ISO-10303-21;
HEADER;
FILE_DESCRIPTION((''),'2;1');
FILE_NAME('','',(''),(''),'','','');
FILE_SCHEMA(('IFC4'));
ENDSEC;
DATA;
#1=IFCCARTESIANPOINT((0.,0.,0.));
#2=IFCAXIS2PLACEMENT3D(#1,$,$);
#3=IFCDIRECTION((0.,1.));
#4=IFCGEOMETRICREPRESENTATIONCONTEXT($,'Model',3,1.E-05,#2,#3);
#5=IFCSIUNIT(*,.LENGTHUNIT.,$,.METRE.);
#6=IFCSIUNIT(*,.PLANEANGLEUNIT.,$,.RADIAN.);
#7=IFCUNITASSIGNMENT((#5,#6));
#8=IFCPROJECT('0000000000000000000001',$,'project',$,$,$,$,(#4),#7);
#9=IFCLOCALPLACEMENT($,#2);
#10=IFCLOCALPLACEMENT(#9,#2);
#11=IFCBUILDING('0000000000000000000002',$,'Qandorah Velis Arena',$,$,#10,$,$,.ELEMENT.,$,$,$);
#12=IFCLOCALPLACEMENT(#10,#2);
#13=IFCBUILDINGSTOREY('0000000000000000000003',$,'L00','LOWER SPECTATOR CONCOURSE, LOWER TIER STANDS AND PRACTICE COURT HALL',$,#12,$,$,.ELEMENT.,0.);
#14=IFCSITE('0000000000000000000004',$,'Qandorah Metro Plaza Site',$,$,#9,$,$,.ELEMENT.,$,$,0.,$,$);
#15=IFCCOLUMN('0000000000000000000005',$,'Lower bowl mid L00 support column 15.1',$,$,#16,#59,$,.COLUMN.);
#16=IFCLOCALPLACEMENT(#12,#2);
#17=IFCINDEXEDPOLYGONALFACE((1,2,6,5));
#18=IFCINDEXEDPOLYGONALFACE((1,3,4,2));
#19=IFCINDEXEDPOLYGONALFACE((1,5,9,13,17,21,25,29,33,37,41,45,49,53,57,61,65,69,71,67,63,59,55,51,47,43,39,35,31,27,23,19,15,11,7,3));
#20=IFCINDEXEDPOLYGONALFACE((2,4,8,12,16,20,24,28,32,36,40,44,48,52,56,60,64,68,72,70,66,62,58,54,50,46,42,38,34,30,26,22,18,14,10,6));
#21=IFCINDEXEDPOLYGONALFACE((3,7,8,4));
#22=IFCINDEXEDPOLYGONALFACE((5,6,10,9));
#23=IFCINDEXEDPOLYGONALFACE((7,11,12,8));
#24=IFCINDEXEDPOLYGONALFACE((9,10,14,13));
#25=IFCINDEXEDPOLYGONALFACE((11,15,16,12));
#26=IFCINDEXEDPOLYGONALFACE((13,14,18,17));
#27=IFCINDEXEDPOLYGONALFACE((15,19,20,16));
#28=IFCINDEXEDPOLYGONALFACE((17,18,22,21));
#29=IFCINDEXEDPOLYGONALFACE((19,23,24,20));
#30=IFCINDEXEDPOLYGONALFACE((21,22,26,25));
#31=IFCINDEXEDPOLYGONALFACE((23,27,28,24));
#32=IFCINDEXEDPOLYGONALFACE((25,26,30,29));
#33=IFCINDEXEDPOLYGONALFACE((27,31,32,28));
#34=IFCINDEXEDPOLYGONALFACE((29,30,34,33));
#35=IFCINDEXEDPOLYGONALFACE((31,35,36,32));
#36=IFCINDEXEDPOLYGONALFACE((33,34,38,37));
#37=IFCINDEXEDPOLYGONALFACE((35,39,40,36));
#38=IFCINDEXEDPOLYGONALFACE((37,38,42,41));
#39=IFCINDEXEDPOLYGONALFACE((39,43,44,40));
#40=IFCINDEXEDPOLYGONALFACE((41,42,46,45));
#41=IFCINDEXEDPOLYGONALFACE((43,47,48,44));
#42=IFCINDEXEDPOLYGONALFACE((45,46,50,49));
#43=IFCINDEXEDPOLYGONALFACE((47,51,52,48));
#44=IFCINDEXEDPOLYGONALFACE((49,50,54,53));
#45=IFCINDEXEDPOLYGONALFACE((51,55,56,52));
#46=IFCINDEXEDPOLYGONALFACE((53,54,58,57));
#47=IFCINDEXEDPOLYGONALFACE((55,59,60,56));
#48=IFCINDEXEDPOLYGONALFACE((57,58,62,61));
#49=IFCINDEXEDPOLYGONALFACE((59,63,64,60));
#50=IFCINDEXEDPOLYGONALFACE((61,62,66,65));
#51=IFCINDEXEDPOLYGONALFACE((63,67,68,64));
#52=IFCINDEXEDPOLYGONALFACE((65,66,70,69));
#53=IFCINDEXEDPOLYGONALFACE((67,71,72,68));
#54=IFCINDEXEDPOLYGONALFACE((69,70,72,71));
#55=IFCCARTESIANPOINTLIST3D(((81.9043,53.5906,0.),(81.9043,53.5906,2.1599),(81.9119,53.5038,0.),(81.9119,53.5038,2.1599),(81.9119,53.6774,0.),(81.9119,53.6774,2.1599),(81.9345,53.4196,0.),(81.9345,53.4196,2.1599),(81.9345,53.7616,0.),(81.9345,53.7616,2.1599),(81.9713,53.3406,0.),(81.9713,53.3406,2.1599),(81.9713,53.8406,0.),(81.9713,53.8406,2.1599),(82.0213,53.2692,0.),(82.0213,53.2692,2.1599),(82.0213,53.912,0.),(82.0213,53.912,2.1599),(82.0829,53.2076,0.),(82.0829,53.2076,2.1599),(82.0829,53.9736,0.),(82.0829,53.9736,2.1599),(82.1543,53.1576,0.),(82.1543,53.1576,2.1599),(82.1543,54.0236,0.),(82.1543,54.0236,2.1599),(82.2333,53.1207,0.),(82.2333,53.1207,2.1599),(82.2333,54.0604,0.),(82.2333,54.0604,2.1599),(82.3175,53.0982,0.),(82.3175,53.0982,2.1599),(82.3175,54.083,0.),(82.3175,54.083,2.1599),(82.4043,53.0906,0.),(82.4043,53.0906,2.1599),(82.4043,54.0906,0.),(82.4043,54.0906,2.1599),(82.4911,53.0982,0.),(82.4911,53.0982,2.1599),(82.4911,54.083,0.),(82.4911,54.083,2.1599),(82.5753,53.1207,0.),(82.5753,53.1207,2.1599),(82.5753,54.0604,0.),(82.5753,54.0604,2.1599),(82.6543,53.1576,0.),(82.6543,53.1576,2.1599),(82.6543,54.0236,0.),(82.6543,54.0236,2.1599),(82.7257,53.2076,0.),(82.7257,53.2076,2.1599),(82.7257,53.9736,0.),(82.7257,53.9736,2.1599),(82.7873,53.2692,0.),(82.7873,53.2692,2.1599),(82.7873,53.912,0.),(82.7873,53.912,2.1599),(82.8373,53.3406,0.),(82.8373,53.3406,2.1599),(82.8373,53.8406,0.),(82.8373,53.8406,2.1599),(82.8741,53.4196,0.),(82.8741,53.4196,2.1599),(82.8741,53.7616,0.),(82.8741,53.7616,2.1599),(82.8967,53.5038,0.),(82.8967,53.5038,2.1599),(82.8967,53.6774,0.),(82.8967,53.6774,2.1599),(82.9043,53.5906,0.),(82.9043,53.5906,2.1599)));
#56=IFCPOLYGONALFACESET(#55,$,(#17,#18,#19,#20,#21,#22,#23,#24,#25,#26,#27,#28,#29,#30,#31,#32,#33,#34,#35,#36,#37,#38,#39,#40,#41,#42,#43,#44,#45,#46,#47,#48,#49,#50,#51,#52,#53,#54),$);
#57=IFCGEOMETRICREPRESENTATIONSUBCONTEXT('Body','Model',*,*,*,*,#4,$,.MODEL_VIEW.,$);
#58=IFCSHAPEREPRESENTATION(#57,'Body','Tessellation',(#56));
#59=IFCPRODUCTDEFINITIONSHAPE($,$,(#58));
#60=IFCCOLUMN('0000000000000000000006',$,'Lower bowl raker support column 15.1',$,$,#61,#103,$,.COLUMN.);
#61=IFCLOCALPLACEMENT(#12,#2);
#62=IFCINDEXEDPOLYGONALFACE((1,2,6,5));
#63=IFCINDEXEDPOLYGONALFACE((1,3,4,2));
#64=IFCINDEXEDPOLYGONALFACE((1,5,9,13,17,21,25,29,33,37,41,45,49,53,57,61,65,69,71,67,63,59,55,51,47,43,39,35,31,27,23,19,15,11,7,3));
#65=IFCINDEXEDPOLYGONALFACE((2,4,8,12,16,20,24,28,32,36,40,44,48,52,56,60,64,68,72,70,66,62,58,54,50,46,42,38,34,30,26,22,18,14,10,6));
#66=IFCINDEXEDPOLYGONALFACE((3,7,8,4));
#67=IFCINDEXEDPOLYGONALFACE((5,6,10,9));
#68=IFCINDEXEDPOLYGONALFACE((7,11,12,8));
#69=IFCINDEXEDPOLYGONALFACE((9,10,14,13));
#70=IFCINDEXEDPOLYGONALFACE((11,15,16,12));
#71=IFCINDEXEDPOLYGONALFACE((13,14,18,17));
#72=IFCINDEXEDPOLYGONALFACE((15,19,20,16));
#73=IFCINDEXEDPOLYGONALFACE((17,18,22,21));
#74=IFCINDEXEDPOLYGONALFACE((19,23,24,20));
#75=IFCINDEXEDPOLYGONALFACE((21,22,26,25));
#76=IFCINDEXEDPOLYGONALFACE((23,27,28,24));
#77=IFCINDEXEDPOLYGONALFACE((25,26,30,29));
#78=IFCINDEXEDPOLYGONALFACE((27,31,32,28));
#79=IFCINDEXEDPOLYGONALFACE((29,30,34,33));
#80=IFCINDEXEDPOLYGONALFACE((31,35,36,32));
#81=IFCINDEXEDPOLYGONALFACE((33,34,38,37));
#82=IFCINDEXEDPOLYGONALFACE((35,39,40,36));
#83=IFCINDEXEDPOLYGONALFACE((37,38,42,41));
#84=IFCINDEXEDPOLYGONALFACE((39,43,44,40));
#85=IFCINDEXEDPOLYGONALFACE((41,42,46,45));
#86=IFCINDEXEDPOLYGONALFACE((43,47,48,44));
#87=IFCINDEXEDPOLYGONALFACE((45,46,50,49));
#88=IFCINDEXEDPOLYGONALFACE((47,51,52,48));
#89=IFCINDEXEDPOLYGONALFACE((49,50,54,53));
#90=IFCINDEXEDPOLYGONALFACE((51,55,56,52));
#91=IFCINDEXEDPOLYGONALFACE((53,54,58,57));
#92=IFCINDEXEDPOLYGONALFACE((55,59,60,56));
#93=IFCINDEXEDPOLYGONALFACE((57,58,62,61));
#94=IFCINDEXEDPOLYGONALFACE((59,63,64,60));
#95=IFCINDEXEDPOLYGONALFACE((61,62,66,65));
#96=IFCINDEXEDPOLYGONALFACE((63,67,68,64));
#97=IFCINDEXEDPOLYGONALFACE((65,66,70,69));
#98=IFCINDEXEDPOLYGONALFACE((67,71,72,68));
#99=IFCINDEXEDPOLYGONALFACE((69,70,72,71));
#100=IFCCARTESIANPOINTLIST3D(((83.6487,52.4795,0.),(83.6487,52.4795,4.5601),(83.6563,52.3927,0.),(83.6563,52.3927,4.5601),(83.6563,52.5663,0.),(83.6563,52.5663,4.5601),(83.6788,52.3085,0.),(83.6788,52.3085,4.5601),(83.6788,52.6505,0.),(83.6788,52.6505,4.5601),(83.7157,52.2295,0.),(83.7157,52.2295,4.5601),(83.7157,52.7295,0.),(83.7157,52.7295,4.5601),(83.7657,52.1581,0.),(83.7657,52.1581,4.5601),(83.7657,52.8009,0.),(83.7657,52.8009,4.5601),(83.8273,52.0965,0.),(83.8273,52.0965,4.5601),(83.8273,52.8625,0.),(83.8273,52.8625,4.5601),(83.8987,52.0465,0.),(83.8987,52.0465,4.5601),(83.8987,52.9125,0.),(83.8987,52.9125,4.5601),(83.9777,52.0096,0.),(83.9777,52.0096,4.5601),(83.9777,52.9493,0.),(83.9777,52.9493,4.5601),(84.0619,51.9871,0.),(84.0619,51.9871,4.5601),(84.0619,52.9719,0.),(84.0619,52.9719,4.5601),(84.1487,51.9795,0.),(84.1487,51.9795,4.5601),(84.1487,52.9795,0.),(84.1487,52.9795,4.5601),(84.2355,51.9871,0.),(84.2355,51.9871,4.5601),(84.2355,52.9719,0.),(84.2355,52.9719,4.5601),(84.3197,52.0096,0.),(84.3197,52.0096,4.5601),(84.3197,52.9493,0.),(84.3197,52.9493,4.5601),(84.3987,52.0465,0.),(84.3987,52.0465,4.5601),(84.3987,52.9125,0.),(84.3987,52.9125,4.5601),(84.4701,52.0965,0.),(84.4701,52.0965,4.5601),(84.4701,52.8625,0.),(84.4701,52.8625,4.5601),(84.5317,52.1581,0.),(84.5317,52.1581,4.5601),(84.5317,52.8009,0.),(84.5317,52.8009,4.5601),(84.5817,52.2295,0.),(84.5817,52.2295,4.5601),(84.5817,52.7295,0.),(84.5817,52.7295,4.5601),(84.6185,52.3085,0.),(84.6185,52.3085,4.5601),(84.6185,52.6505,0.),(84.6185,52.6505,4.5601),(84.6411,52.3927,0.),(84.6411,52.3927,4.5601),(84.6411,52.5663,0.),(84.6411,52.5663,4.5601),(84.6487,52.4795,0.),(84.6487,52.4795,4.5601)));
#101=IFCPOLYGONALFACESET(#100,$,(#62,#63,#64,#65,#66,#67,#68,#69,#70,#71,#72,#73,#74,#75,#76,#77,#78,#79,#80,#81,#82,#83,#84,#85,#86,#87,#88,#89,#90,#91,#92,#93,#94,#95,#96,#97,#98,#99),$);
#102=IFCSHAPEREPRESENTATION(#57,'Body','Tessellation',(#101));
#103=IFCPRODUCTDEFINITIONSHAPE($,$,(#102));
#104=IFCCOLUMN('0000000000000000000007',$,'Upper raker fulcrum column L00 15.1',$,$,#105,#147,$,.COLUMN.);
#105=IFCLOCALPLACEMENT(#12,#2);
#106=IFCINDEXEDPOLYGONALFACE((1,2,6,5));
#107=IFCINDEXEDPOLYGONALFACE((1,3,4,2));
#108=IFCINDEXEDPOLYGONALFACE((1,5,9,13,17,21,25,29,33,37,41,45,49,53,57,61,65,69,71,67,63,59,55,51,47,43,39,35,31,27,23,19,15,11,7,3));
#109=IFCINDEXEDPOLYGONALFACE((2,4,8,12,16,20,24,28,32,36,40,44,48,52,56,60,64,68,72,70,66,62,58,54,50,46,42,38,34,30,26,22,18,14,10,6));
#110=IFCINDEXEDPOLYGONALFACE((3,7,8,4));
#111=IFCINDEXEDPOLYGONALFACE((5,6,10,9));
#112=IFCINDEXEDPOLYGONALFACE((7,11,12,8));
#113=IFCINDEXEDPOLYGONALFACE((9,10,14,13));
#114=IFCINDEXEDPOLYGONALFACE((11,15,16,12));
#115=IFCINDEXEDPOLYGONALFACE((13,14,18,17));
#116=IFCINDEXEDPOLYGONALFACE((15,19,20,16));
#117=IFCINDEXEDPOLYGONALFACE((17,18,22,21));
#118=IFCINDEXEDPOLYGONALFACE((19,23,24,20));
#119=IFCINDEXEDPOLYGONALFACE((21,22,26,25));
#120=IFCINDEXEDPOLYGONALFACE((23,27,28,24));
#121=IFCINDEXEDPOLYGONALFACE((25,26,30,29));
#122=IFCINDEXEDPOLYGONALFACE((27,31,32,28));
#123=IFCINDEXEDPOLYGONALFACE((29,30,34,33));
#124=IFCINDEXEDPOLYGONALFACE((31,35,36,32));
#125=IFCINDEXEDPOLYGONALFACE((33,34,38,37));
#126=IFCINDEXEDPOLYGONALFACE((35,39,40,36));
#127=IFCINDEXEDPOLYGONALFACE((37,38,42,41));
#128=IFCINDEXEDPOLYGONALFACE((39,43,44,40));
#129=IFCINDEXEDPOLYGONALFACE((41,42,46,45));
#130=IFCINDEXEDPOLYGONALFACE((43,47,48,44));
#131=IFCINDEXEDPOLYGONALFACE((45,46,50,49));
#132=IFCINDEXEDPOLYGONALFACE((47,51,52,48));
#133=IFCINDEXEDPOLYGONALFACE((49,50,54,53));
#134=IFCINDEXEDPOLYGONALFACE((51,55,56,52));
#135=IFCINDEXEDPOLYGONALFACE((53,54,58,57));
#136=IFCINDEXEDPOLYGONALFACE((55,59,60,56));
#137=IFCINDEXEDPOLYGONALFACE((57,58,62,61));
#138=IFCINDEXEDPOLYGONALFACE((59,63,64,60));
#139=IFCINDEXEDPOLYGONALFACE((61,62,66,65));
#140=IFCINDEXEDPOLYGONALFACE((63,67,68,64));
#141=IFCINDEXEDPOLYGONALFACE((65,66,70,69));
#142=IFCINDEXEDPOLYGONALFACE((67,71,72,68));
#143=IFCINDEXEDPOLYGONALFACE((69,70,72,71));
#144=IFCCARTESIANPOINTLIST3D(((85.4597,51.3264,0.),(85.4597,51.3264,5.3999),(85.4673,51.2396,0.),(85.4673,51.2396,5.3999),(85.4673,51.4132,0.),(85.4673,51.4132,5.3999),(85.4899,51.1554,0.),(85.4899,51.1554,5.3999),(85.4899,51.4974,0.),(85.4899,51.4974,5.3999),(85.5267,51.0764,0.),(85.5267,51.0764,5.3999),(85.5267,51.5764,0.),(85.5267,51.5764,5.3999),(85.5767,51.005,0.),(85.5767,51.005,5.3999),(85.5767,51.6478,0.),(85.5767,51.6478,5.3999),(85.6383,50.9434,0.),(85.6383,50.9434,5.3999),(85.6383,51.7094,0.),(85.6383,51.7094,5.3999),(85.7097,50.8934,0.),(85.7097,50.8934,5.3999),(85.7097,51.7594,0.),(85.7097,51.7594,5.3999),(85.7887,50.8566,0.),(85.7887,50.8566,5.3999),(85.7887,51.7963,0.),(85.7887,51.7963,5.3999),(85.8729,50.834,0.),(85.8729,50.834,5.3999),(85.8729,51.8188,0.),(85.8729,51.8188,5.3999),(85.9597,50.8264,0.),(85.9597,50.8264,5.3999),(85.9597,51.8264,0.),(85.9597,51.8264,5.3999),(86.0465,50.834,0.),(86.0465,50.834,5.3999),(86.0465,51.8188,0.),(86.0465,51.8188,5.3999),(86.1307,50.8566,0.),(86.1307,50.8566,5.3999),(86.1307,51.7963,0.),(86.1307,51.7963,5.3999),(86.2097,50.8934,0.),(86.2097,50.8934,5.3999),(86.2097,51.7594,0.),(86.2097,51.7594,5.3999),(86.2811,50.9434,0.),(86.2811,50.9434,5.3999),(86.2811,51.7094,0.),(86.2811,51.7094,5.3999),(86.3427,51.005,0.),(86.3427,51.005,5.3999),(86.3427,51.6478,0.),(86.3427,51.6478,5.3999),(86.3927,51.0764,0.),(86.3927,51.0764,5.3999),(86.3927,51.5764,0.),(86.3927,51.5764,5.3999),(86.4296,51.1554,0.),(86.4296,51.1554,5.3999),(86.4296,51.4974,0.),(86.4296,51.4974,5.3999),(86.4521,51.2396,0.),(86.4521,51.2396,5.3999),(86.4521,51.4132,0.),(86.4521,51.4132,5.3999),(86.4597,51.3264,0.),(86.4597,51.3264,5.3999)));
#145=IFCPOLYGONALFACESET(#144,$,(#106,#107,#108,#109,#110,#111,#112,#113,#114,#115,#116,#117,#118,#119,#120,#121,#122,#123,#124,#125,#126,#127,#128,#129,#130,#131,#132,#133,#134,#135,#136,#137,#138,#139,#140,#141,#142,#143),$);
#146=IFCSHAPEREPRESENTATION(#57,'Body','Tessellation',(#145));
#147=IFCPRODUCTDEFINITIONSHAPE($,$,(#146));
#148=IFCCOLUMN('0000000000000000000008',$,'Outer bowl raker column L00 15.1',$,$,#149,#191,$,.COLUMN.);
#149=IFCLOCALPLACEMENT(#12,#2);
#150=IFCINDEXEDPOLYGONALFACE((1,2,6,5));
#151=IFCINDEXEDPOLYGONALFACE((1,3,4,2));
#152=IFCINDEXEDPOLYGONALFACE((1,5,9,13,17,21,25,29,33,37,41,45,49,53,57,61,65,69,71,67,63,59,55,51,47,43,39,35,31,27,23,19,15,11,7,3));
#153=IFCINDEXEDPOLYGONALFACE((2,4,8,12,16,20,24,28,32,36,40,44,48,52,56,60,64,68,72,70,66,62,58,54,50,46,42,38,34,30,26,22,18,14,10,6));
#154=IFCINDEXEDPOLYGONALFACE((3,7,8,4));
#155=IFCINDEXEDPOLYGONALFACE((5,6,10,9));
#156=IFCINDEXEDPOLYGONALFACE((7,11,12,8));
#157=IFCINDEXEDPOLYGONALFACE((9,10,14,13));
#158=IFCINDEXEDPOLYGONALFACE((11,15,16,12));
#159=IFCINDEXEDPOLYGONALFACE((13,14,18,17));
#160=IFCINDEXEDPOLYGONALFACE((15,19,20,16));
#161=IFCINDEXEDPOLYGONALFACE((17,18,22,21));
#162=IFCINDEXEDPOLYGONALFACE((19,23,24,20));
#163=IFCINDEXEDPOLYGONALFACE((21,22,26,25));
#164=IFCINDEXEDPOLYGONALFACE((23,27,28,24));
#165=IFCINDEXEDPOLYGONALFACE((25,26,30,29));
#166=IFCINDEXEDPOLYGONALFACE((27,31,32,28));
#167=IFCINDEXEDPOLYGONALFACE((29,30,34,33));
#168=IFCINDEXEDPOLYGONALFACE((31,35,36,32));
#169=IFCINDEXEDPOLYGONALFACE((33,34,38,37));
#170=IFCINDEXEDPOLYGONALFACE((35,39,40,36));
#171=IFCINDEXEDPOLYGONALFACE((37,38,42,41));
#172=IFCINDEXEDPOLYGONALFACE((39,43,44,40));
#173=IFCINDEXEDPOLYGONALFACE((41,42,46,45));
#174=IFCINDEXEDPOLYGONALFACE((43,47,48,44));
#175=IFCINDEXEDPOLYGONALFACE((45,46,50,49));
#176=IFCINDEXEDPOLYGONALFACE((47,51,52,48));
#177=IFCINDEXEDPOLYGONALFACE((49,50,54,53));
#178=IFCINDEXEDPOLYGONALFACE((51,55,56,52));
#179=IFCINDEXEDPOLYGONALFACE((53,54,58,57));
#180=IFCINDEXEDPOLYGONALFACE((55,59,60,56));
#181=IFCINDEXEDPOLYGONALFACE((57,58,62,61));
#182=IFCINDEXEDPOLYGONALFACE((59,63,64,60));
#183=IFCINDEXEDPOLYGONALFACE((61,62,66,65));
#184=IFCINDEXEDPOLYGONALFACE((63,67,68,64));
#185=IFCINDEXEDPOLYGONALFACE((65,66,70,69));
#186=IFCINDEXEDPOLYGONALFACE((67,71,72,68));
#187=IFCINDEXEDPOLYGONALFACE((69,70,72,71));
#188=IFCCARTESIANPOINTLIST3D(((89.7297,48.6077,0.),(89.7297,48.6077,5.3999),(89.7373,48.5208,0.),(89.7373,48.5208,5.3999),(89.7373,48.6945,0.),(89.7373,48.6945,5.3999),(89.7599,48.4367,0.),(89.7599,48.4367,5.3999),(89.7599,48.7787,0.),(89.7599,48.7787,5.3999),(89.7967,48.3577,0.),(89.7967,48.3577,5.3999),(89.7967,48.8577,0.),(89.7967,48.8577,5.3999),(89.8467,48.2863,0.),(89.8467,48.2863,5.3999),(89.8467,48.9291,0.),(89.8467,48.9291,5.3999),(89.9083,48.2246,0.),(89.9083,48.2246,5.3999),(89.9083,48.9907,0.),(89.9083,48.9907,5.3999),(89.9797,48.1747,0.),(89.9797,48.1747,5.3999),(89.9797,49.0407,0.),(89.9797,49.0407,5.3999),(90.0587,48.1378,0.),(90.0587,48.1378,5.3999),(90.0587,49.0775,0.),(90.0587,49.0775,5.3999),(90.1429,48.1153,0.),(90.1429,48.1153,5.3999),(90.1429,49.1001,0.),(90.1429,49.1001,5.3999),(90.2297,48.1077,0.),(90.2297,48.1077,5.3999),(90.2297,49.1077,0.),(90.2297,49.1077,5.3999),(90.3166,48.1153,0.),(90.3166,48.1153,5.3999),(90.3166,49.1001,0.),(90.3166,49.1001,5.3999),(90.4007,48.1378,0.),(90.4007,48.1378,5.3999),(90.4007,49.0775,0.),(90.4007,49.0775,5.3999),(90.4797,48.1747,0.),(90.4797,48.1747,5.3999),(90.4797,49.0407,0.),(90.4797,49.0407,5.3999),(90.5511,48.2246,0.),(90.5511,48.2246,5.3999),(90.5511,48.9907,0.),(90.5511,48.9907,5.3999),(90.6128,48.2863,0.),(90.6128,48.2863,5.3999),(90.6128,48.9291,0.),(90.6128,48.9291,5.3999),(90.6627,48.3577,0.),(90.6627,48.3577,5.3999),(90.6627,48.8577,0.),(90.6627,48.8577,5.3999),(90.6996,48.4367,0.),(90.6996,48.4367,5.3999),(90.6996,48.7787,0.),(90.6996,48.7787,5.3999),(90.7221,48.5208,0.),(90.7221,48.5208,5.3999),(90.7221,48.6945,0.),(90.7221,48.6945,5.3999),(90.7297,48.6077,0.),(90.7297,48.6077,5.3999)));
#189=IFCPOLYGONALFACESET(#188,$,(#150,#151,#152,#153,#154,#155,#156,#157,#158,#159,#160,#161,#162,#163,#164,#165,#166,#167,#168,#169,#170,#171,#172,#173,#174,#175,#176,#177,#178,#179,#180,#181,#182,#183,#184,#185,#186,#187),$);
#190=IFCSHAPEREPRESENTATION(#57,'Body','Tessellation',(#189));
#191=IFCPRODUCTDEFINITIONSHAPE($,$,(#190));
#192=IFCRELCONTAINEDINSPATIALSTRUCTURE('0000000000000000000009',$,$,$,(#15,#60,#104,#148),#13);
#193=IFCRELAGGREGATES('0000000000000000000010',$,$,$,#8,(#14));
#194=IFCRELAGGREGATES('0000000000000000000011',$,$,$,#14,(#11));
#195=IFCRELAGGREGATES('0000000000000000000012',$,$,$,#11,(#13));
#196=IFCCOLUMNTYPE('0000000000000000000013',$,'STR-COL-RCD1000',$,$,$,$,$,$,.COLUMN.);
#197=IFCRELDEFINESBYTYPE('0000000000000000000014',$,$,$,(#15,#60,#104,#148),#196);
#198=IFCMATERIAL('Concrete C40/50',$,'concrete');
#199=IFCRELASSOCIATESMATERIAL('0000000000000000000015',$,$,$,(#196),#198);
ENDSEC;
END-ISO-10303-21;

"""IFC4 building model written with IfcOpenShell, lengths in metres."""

from ifc_helpers import new_model, si_unit, direction, frame, origin, origin_2d, place, context, subcontext, project, spatial, circle, extrude, material, material_profile, profile_set, type_object, element, save


model = new_model("IFC4")

# Units and contexts
model_context = context("Model", 3, precision=1e-05, world=origin(), true_north=direction((0.0, 1.0)))
body_context = subcontext(model_context, "Body", "Model", "MODEL_VIEW")
ifc_project = project(units=[si_unit("LENGTHUNIT", "METRE"), si_unit("PLANEANGLEUNIT", "RADIAN")], contexts=[model_context])

# Site, building, storey
site_placement = place(None, origin())
site = spatial("IfcSite", under=ifc_project, at=site_placement, Name="Qandorah Metro Plaza Site", CompositionType="ELEMENT", RefElevation=0.0)
building_placement = place(site_placement, origin())
building = spatial("IfcBuilding", under=site, at=building_placement, Name="Qandorah Velis Arena", CompositionType="ELEMENT")
storey_placement = place(building_placement, origin())
storey = spatial("IfcBuildingStorey", under=building, at=storey_placement, Name="L00", Description="LOWER SPECTATOR CONCOURSE, LOWER TIER STANDS AND PRACTICE COURT HALL", CompositionType="ELEMENT", Elevation=0.0)

# Columns
ifc_material_1 = material(Name="Concrete C40/50", Category="concrete")
ifc_material_profile_1 = material_profile(ifc_material_1, circle(Radius=0.5, at=origin_2d()), Name="RC D1000")
ifc_profile_set_1 = profile_set([ifc_material_profile_1], Name="Concrete C40/50")
column_type_1 = type_object("IfcColumnType", Name="STR-COL-RCD1000", PredefinedType="COLUMN", material=ifc_profile_set_1)
column_1_placement = place(storey_placement, frame((82.4043, 53.5906, 0.0), z_axis=(0.0, 0.0, 1.0), x_axis=(1.0, 0.0, 0.0)))
element("IfcColumn", 1, at=column_1_placement, inside=storey, type_object=column_type_1, Name="Lower bowl mid L00 support column 15.1", PredefinedType="COLUMN", context=body_context, shape_type="SweptSolid", body=[
    extrude(circle(Radius=0.5, at=origin_2d()), origin(), (0.0, 0.0, 1.0), 2.1599),
])
column_2_placement = place(storey_placement, frame((84.1487, 52.4795, 0.0), z_axis=(0.0, 0.0, 1.0), x_axis=(1.0, 0.0, 0.0)))
element("IfcColumn", 2, at=column_2_placement, inside=storey, type_object=column_type_1, Name="Lower bowl raker support column 15.1", PredefinedType="COLUMN", context=body_context, shape_type="SweptSolid", body=[
    extrude(circle(Radius=0.5, at=origin_2d()), origin(), (0.0, 0.0, 1.0), 4.5601),
])
for number, where, z_axis, x_axis, name in (
    (3, (85.9597, 51.3264, 0.0), (0.0, 0.0, 1.0), (1.0, 0.0, 0.0), "Upper raker fulcrum column L00 15.1"),
    (4, (90.2297, 48.6077, 0.0), (0.0, 0.0, 1.0), (1.0, 0.0, 0.0), "Outer bowl raker column L00 15.1"),
):
    element("IfcColumn", number, at=place(storey_placement, frame(where, z_axis=z_axis, x_axis=x_axis)), inside=storey, type_object=column_type_1, Name=name, PredefinedType="COLUMN", context=body_context, shape_type="SweptSolid", body=[
        extrude(circle(Radius=0.5, at=origin_2d()), origin(), (0.0, 0.0, 1.0), 5.3999),
    ])

save(model, "model.ifc")
